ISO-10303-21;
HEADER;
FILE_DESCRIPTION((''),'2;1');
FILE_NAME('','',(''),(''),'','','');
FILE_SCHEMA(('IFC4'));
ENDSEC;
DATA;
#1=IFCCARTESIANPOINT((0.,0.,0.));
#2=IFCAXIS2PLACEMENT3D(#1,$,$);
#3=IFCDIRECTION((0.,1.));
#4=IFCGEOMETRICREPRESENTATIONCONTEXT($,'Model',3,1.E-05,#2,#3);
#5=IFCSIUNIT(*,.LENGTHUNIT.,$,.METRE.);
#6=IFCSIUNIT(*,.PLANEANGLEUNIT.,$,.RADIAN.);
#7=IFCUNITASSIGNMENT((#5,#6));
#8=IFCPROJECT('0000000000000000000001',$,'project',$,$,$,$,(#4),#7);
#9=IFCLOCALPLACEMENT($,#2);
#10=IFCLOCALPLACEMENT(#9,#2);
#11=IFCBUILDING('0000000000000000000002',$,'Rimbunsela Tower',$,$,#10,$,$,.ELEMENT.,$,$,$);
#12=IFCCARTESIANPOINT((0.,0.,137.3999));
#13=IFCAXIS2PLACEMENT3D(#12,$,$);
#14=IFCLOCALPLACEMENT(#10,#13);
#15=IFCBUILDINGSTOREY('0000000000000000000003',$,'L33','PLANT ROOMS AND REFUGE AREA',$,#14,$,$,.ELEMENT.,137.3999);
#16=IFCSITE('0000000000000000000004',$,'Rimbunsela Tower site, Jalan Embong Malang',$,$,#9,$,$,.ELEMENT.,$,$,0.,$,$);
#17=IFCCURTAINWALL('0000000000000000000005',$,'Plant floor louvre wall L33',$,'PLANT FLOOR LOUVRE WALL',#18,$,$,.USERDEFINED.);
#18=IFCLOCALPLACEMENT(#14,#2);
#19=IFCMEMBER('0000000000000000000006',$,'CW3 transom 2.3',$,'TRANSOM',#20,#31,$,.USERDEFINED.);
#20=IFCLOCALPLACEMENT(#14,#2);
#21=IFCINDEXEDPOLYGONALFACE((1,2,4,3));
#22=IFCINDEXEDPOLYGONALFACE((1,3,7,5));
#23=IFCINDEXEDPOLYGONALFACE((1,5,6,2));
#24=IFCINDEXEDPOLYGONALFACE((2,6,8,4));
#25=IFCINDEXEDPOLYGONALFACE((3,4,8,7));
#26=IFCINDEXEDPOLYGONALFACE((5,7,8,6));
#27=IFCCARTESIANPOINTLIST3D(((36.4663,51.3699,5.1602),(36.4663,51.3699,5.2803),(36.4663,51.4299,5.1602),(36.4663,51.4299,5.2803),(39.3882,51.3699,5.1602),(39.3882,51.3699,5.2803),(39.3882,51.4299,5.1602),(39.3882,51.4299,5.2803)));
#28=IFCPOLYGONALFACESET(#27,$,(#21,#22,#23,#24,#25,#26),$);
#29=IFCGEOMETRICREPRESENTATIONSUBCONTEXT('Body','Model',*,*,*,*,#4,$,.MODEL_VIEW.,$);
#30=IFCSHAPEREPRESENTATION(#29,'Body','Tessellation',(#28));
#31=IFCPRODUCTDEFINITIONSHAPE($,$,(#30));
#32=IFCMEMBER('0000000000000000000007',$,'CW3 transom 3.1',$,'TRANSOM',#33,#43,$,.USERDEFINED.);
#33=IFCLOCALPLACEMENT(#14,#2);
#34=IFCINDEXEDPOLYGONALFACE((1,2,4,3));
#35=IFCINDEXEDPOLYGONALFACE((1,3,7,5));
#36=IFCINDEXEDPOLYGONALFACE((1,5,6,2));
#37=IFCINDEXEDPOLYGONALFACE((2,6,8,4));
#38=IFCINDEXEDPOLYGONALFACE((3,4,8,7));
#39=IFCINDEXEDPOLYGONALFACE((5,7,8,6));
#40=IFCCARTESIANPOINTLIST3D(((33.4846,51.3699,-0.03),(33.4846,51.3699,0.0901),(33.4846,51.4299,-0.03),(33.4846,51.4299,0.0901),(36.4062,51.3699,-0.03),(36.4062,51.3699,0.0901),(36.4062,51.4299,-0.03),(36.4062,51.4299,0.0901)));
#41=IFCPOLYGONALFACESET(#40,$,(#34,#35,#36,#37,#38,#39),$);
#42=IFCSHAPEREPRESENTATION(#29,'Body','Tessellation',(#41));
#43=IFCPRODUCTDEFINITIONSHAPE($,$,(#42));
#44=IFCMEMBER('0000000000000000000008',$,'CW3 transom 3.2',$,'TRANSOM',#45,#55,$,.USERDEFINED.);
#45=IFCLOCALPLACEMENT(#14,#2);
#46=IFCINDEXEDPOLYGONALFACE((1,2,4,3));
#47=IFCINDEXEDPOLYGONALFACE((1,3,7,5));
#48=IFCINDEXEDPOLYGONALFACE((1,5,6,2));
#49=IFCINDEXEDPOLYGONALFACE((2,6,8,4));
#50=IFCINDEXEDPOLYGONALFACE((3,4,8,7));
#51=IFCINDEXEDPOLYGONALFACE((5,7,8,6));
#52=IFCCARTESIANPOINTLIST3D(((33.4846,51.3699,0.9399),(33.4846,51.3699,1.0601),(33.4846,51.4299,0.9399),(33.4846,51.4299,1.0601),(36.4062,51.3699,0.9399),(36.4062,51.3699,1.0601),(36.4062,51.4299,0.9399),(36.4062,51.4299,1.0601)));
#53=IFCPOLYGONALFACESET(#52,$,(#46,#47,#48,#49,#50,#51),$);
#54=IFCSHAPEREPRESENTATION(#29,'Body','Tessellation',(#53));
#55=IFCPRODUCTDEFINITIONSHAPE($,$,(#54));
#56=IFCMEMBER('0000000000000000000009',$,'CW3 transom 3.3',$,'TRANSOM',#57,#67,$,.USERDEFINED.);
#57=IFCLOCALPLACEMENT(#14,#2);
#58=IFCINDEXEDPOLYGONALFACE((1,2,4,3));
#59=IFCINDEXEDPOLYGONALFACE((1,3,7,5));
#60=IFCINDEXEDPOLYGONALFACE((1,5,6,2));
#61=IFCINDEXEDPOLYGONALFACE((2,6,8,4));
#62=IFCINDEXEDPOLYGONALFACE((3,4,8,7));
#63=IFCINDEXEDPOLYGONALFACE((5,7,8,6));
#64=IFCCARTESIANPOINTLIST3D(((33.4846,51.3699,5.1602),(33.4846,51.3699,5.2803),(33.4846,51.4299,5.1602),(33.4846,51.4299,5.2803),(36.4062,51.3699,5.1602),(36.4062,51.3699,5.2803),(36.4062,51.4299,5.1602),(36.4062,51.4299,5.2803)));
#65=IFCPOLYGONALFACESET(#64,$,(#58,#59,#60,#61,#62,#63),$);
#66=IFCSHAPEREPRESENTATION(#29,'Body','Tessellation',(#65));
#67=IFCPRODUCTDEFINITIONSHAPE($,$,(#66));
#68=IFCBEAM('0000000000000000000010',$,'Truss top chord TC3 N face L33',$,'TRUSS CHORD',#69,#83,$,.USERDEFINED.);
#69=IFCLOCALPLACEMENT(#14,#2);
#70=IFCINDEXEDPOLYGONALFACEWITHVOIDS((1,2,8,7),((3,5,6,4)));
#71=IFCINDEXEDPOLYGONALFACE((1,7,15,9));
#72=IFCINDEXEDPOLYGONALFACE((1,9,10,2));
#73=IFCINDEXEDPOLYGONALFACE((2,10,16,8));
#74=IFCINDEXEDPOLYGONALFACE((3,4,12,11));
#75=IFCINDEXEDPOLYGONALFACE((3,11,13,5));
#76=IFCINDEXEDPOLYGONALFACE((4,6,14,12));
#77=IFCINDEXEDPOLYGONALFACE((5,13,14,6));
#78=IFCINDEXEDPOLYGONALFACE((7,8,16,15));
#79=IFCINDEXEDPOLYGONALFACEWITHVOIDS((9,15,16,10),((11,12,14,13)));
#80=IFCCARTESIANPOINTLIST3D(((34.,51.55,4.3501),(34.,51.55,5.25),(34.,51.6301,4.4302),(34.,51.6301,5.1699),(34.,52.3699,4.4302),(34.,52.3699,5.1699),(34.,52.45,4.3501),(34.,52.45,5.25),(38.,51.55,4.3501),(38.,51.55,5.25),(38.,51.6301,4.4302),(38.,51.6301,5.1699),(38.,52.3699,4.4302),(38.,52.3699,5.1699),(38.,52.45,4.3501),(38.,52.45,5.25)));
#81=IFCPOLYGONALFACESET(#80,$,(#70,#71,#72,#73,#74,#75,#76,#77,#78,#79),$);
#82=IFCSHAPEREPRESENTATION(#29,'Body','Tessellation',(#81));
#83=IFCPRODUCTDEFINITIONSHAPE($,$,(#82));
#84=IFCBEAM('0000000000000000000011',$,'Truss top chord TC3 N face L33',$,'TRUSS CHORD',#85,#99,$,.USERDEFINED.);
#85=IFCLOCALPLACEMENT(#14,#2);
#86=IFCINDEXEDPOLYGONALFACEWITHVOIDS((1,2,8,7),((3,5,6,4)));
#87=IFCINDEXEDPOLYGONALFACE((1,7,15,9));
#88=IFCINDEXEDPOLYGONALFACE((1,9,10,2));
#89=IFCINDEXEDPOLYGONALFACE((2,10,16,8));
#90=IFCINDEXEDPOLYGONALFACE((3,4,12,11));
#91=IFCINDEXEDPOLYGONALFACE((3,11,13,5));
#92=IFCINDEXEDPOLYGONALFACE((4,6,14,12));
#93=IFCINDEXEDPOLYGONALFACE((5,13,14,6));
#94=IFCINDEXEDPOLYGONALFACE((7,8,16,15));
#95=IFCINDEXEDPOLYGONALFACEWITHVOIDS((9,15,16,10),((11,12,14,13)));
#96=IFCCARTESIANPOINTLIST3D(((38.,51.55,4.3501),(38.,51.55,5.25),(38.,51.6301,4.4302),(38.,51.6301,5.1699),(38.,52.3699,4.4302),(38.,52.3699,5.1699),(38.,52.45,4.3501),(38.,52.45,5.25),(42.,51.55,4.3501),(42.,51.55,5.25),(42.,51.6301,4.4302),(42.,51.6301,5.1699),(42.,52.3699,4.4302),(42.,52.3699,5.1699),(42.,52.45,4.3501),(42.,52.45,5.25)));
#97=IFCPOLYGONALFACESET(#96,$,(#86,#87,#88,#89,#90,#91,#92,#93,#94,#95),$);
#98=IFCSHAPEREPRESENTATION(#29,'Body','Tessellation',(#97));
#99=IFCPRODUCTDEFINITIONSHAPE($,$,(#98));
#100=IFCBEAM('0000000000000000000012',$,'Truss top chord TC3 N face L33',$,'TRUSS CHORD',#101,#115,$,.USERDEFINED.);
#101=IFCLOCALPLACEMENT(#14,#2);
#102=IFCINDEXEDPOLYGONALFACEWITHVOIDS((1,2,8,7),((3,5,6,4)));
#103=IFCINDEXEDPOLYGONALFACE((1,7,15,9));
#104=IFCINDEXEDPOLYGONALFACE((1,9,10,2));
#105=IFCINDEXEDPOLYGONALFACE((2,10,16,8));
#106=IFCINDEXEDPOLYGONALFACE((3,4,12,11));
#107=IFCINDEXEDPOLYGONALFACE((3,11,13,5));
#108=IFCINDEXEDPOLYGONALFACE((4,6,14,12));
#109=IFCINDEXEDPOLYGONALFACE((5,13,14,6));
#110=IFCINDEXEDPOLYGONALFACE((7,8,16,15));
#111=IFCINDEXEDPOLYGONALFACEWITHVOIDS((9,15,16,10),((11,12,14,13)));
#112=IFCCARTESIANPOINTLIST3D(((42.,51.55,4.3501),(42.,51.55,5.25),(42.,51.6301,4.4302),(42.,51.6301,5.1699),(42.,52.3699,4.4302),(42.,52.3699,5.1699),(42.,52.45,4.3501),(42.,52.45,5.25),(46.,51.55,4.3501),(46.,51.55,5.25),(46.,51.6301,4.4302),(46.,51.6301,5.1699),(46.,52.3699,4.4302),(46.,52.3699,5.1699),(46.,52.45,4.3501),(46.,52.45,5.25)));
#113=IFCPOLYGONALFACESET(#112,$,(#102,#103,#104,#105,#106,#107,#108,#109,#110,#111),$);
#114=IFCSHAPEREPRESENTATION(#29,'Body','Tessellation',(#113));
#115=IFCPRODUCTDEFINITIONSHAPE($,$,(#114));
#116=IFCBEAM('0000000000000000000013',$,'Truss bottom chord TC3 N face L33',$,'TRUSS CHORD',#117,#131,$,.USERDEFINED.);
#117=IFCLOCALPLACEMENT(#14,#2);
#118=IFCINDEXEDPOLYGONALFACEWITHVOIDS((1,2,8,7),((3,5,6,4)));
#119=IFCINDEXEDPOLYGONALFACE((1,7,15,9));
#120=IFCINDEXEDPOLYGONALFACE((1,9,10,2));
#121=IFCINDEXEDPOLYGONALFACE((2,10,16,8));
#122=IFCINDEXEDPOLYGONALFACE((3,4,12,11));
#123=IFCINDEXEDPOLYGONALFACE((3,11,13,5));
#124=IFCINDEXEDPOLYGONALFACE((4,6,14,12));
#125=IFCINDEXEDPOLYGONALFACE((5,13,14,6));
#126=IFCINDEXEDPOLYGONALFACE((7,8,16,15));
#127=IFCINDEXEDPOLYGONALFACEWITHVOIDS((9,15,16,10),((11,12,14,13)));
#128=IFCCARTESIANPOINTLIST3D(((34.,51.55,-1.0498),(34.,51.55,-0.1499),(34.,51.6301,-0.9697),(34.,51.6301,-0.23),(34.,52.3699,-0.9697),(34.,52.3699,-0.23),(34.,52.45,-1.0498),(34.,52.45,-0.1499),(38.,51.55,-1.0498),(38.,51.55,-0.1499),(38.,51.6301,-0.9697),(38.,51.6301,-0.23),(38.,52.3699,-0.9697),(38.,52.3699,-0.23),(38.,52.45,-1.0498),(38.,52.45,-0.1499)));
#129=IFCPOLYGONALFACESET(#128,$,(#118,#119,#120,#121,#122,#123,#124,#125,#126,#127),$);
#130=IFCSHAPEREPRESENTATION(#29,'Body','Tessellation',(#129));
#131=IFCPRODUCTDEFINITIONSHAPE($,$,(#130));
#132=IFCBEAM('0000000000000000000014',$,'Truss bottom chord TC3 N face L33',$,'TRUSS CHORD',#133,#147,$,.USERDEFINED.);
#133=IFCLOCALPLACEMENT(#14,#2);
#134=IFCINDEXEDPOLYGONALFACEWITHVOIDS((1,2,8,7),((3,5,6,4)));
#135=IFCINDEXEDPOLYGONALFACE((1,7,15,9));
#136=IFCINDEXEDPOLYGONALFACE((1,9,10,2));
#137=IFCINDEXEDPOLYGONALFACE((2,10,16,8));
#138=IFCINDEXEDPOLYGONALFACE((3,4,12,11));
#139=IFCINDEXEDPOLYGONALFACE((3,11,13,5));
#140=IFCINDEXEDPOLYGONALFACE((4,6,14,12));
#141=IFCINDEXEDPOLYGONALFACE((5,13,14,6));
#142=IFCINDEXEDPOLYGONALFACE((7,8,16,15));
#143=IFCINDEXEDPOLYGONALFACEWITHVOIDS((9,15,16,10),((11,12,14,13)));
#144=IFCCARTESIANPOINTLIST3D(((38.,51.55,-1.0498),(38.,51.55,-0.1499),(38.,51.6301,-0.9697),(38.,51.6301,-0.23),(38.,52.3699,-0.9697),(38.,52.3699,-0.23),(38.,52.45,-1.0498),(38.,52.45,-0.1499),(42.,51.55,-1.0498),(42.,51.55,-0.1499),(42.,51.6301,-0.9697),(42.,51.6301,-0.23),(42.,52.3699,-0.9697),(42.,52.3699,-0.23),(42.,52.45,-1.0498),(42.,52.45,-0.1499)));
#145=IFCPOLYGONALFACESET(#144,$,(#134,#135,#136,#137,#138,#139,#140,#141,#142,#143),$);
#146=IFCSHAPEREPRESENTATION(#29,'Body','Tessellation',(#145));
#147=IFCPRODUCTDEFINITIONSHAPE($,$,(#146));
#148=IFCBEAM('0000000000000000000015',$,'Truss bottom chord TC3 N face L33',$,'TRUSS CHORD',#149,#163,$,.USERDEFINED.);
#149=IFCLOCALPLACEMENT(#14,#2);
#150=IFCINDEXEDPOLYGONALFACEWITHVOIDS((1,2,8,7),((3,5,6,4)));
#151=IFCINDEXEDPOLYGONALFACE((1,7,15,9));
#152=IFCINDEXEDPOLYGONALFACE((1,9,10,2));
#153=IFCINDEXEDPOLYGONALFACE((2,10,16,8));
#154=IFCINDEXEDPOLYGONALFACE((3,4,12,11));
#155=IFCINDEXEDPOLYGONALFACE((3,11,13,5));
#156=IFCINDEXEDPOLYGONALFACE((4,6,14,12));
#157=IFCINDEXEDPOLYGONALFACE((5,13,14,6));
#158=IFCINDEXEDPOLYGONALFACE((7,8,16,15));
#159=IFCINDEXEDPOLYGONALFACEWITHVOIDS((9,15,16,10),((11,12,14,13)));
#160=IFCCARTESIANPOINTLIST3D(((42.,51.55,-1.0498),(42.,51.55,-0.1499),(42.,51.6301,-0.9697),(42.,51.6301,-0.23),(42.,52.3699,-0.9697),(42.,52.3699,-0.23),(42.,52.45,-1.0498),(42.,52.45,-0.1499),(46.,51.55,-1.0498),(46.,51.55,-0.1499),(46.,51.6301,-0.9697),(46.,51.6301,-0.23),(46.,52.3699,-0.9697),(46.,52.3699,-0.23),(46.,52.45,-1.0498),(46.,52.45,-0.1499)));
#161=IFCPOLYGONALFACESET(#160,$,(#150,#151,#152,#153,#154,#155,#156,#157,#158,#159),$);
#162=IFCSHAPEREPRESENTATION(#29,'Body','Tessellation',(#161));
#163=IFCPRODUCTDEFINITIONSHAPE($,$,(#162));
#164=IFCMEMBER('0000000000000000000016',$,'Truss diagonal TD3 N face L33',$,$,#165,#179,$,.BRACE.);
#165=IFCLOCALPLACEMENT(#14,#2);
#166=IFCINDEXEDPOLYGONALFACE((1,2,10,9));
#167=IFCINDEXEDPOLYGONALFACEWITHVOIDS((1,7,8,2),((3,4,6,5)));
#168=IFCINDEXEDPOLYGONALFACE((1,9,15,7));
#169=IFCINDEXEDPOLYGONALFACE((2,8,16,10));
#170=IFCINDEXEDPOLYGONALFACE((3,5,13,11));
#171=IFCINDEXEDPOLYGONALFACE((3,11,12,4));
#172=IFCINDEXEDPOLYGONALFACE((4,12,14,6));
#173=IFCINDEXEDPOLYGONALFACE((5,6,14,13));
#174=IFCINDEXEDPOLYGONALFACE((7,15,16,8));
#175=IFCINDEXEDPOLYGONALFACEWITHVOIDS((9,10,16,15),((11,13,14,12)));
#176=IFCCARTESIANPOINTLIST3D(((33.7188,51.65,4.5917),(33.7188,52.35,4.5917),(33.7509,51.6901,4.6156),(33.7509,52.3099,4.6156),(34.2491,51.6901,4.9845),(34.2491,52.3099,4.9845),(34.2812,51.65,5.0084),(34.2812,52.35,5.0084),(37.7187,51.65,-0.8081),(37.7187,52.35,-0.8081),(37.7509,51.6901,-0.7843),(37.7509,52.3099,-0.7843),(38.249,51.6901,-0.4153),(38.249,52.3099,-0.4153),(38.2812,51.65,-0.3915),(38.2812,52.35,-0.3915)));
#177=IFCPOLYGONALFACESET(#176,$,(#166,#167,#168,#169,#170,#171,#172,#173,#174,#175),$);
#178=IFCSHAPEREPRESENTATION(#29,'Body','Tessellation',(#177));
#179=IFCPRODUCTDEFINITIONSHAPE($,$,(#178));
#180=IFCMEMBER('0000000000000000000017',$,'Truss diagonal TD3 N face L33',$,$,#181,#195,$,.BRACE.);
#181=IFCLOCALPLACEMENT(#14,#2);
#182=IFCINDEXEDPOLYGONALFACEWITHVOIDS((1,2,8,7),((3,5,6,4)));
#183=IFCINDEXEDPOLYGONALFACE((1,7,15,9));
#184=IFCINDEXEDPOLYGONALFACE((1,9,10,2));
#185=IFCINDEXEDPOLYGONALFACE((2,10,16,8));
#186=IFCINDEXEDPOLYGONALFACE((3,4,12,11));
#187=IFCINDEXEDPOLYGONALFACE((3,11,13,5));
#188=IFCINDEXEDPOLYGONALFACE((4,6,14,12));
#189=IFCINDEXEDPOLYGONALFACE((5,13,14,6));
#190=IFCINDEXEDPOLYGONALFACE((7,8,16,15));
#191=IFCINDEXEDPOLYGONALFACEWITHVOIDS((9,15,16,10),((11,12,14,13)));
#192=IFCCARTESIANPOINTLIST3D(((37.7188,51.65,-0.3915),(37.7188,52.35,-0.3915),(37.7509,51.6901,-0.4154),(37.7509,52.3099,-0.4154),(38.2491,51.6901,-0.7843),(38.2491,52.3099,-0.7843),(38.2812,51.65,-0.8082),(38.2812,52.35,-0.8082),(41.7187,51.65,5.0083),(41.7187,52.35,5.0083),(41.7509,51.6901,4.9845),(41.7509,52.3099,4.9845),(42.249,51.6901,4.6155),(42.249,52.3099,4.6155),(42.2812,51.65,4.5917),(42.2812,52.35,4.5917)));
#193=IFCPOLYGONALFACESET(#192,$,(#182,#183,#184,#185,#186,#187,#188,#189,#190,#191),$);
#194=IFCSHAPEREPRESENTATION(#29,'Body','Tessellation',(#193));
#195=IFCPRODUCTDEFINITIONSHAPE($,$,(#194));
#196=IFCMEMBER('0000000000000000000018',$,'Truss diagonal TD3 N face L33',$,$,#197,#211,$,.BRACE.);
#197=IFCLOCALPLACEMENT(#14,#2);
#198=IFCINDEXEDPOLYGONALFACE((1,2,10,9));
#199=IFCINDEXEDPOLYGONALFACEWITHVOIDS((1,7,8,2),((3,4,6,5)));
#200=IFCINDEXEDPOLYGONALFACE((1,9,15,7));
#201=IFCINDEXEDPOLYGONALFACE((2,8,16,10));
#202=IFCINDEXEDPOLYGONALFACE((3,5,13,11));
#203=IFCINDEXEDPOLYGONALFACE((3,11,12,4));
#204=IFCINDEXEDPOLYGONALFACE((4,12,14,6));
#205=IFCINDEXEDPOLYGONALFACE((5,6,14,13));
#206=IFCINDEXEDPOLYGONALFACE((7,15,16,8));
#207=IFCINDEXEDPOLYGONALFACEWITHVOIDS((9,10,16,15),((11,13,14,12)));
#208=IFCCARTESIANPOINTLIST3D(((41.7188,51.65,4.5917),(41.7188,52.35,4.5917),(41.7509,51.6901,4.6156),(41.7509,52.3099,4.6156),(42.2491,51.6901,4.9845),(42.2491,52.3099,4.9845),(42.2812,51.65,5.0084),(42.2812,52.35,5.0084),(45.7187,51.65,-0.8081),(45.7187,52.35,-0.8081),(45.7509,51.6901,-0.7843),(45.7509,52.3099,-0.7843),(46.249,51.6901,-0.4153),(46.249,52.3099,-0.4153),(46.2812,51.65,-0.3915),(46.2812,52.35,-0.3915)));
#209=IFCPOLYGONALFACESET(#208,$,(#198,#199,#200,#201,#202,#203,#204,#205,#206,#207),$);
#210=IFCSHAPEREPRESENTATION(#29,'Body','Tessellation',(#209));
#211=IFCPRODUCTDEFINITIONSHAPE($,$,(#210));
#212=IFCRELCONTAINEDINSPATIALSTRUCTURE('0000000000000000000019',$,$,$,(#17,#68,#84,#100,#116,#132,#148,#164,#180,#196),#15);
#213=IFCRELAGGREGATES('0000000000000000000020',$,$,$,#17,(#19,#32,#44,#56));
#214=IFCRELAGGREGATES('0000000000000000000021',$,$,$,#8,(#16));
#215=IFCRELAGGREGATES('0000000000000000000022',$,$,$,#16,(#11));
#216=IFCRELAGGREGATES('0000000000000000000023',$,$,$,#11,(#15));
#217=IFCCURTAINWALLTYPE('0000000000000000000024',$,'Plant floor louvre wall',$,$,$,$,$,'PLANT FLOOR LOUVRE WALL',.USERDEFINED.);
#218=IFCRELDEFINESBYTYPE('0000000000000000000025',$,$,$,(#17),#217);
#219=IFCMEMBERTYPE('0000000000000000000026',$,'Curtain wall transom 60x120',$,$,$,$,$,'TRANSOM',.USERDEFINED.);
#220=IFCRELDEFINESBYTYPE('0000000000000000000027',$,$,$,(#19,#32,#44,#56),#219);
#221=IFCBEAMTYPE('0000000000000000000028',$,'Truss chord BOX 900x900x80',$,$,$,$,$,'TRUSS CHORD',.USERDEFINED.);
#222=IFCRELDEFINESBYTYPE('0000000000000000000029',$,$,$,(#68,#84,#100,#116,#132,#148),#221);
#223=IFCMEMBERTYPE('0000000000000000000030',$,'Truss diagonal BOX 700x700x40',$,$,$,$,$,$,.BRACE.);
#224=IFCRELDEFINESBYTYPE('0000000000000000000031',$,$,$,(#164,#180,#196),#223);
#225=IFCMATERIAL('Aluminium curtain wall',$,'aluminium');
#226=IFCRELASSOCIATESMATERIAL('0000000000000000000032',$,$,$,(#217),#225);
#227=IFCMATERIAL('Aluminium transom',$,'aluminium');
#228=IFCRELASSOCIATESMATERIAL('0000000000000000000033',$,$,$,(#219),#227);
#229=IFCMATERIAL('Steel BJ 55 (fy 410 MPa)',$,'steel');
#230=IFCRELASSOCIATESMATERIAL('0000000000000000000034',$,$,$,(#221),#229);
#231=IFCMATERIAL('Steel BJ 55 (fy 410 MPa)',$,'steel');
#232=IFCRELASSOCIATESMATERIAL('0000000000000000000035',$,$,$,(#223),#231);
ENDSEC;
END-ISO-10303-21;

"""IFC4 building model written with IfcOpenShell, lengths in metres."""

from ifc_helpers import new_model, si_unit, direction, frame, origin, origin_2d, place, context, subcontext, project, spatial, rectangle, hollow_rectangle, extrude, material, material_profile, profile_set, type_object, element, aggregate, save


model = new_model("IFC4")

# Units and contexts
model_context = context("Model", 3, precision=1e-05, world=origin(), true_north=direction((0.0, 1.0)))
body_context = subcontext(model_context, "Body", "Model", "MODEL_VIEW")
ifc_project = project(units=[si_unit("LENGTHUNIT", "METRE"), si_unit("PLANEANGLEUNIT", "RADIAN")], contexts=[model_context])

# Site, building, storey
site_placement = place(None, origin())
site = spatial("IfcSite", under=ifc_project, at=site_placement, Name="Rimbunsela Tower site, Jalan Embong Malang", CompositionType="ELEMENT", RefElevation=0.0)
building_placement = place(site_placement, origin())
building = spatial("IfcBuilding", under=site, at=building_placement, Name="Rimbunsela Tower", CompositionType="ELEMENT")
storey_placement = place(building_placement, frame((0.0, 0.0, 137.3999)))
storey = spatial("IfcBuildingStorey", under=building, at=storey_placement, Name="L33", Description="PLANT ROOMS AND REFUGE AREA", CompositionType="ELEMENT", Elevation=137.3999)

# Curtain wall
ifc_material_1 = material(Name="Aluminium curtain wall", Category="aluminium")
curtain_wall_type_1 = type_object("IfcCurtainWallType", Name="Plant floor louvre wall", ElementType="PLANT FLOOR LOUVRE WALL", PredefinedType="USERDEFINED", material=ifc_material_1)
curtain_wall_1_placement = place(storey_placement, origin())
curtain_wall_1 = element("IfcCurtainWall", 1, at=curtain_wall_1_placement, inside=storey, type_object=curtain_wall_type_1, Name="Plant floor louvre wall L33", ObjectType="PLANT FLOOR LOUVRE WALL", PredefinedType="USERDEFINED")

# Members
ifc_material_2 = material(Name="Aluminium transom", Category="aluminium")
ifc_material_profile_1 = material_profile(ifc_material_2, rectangle(XDim=0.0601, YDim=0.1201, at=origin_2d()), Name="Transom 60x120")
ifc_profile_set_1 = profile_set([ifc_material_profile_1], Name="Aluminium transom")
member_type_1 = type_object("IfcMemberType", Name="Curtain wall transom 60x120", ElementType="TRANSOM", PredefinedType="USERDEFINED", material=ifc_profile_set_1)
member_1_placement = place(storey_placement, frame((39.3882, 51.3999, 5.2202), z_axis=(-1.0, 0.0, 0.0), x_axis=(0.0, -1.0, 0.0)))
member_1 = element("IfcMember", 2, at=member_1_placement, type_object=member_type_1, Name="CW3 transom 2.3", ObjectType="TRANSOM", PredefinedType="USERDEFINED", context=body_context, shape_type="SweptSolid", body=[
    extrude(rectangle(XDim=0.0601, YDim=0.1201, at=origin_2d()), origin(), (0.0, 0.0, 1.0), 2.9219),
])
member_2_placement = place(storey_placement, frame((36.4062, 51.3999, 0.03), z_axis=(-1.0, 0.0, 0.0), x_axis=(0.0, -1.0, 0.0)))
member_2 = element("IfcMember", 3, at=member_2_placement, type_object=member_type_1, Name="CW3 transom 3.1", ObjectType="TRANSOM", PredefinedType="USERDEFINED", context=body_context, shape_type="SweptSolid", body=[
    extrude(rectangle(XDim=0.0601, YDim=0.1201, at=origin_2d()), origin(), (0.0, 0.0, 1.0), 2.9216),
])
member_3_placement = place(storey_placement, frame((36.4062, 51.3999, 1.0), z_axis=(-1.0, 0.0, 0.0), x_axis=(0.0, -1.0, 0.0)))
member_3 = element("IfcMember", 4, at=member_3_placement, type_object=member_type_1, Name="CW3 transom 3.2", ObjectType="TRANSOM", PredefinedType="USERDEFINED", context=body_context, shape_type="SweptSolid", body=[
    extrude(rectangle(XDim=0.0601, YDim=0.1201, at=origin_2d()), origin(), (0.0, 0.0, 1.0), 2.9216),
])
member_4_placement = place(storey_placement, frame((36.4062, 51.3999, 5.2202), z_axis=(-1.0, 0.0, 0.0), x_axis=(0.0, -1.0, 0.0)))
member_4 = element("IfcMember", 5, at=member_4_placement, type_object=member_type_1, Name="CW3 transom 3.3", ObjectType="TRANSOM", PredefinedType="USERDEFINED", context=body_context, shape_type="SweptSolid", body=[
    extrude(rectangle(XDim=0.0601, YDim=0.1201, at=origin_2d()), origin(), (0.0, 0.0, 1.0), 2.9216),
])

# Beams
ifc_material_3 = material(Name="Steel BJ 55 (fy 410 MPa)", Category="steel")
ifc_material_profile_2 = material_profile(ifc_material_3, hollow_rectangle(XDim=0.8999, YDim=0.8999, WallThickness=0.0801, at=origin_2d()), Name="BOX 900x900x80")
ifc_profile_set_2 = profile_set([ifc_material_profile_2], Name="Steel BJ 55 (fy 410 MPa)")
beam_type_1 = type_object("IfcBeamType", Name="Truss chord BOX 900x900x80", ElementType="TRUSS CHORD", PredefinedType="USERDEFINED", material=ifc_profile_set_2)
for number, where, z_axis, x_axis, name in (
    (6, (34.0, 52.0, 4.8), (1.0, 0.0, 0.0), (0.0, 1.0, 0.0), "Truss top chord TC3 N face L33"),
    (7, (38.0, 52.0, 4.8), (1.0, 0.0, 0.0), (0.0, 1.0, 0.0), "Truss top chord TC3 N face L33"),
    (8, (42.0, 52.0, 4.8), (1.0, 0.0, 0.0), (0.0, 1.0, 0.0), "Truss top chord TC3 N face L33"),
    (9, (34.0, 52.0, -0.5999), (1.0, 0.0, 0.0), (0.0, 1.0, 0.0), "Truss bottom chord TC3 N face L33"),
    (10, (38.0, 52.0, -0.5999), (1.0, 0.0, 0.0), (0.0, 1.0, 0.0), "Truss bottom chord TC3 N face L33"),
    (11, (42.0, 52.0, -0.5999), (1.0, 0.0, 0.0), (0.0, 1.0, 0.0), "Truss bottom chord TC3 N face L33"),
):
    element("IfcBeam", number, at=place(storey_placement, frame(where, z_axis=z_axis, x_axis=x_axis)), inside=storey, type_object=beam_type_1, Name=name, ObjectType="TRUSS CHORD", PredefinedType="USERDEFINED", context=body_context, shape_type="SweptSolid", body=[
        extrude(hollow_rectangle(XDim=0.8999, YDim=0.8999, WallThickness=0.0801, at=origin_2d()), origin(), (0.0, 0.0, 1.0), 4.0),
    ])

# Members
ifc_material_4 = material(Name="Steel BJ 55 (fy 410 MPa)", Category="steel")
ifc_material_profile_3 = material_profile(ifc_material_4, hollow_rectangle(XDim=0.7, YDim=0.7, WallThickness=0.04, at=origin_2d()), Name="BOX 700x700x40")
ifc_profile_set_3 = profile_set([ifc_material_profile_3], Name="Steel BJ 55 (fy 410 MPa)")
member_type_2 = type_object("IfcMemberType", Name="Truss diagonal BOX 700x700x40", PredefinedType="BRACE", material=ifc_profile_set_3)
for number, where, z_axis, x_axis, name in (
    (12, (34.0, 52.0, 4.8), (0.595235, 0.0, -0.803552), (0.0, 1.0, 0.0), "Truss diagonal TD3 N face L33"),
    (13, (38.0, 52.0, -0.5999), (0.595235, 0.0, 0.803552), (0.0, 1.0, 0.0), "Truss diagonal TD3 N face L33"),
    (14, (42.0, 52.0, 4.8), (0.595235, 0.0, -0.803552), (0.0, 1.0, 0.0), "Truss diagonal TD3 N face L33"),
):
    element("IfcMember", number, at=place(storey_placement, frame(where, z_axis=z_axis, x_axis=x_axis)), inside=storey, type_object=member_type_2, Name=name, PredefinedType="BRACE", context=body_context, shape_type="SweptSolid", body=[
        extrude(hollow_rectangle(XDim=0.7, YDim=0.7, WallThickness=0.04, at=origin_2d()), origin(), (0.0, 0.0, 1.0), 6.72),
    ])

aggregate(curtain_wall_1, [member_1, member_2, member_3, member_4])

save(model, "model.ifc")
